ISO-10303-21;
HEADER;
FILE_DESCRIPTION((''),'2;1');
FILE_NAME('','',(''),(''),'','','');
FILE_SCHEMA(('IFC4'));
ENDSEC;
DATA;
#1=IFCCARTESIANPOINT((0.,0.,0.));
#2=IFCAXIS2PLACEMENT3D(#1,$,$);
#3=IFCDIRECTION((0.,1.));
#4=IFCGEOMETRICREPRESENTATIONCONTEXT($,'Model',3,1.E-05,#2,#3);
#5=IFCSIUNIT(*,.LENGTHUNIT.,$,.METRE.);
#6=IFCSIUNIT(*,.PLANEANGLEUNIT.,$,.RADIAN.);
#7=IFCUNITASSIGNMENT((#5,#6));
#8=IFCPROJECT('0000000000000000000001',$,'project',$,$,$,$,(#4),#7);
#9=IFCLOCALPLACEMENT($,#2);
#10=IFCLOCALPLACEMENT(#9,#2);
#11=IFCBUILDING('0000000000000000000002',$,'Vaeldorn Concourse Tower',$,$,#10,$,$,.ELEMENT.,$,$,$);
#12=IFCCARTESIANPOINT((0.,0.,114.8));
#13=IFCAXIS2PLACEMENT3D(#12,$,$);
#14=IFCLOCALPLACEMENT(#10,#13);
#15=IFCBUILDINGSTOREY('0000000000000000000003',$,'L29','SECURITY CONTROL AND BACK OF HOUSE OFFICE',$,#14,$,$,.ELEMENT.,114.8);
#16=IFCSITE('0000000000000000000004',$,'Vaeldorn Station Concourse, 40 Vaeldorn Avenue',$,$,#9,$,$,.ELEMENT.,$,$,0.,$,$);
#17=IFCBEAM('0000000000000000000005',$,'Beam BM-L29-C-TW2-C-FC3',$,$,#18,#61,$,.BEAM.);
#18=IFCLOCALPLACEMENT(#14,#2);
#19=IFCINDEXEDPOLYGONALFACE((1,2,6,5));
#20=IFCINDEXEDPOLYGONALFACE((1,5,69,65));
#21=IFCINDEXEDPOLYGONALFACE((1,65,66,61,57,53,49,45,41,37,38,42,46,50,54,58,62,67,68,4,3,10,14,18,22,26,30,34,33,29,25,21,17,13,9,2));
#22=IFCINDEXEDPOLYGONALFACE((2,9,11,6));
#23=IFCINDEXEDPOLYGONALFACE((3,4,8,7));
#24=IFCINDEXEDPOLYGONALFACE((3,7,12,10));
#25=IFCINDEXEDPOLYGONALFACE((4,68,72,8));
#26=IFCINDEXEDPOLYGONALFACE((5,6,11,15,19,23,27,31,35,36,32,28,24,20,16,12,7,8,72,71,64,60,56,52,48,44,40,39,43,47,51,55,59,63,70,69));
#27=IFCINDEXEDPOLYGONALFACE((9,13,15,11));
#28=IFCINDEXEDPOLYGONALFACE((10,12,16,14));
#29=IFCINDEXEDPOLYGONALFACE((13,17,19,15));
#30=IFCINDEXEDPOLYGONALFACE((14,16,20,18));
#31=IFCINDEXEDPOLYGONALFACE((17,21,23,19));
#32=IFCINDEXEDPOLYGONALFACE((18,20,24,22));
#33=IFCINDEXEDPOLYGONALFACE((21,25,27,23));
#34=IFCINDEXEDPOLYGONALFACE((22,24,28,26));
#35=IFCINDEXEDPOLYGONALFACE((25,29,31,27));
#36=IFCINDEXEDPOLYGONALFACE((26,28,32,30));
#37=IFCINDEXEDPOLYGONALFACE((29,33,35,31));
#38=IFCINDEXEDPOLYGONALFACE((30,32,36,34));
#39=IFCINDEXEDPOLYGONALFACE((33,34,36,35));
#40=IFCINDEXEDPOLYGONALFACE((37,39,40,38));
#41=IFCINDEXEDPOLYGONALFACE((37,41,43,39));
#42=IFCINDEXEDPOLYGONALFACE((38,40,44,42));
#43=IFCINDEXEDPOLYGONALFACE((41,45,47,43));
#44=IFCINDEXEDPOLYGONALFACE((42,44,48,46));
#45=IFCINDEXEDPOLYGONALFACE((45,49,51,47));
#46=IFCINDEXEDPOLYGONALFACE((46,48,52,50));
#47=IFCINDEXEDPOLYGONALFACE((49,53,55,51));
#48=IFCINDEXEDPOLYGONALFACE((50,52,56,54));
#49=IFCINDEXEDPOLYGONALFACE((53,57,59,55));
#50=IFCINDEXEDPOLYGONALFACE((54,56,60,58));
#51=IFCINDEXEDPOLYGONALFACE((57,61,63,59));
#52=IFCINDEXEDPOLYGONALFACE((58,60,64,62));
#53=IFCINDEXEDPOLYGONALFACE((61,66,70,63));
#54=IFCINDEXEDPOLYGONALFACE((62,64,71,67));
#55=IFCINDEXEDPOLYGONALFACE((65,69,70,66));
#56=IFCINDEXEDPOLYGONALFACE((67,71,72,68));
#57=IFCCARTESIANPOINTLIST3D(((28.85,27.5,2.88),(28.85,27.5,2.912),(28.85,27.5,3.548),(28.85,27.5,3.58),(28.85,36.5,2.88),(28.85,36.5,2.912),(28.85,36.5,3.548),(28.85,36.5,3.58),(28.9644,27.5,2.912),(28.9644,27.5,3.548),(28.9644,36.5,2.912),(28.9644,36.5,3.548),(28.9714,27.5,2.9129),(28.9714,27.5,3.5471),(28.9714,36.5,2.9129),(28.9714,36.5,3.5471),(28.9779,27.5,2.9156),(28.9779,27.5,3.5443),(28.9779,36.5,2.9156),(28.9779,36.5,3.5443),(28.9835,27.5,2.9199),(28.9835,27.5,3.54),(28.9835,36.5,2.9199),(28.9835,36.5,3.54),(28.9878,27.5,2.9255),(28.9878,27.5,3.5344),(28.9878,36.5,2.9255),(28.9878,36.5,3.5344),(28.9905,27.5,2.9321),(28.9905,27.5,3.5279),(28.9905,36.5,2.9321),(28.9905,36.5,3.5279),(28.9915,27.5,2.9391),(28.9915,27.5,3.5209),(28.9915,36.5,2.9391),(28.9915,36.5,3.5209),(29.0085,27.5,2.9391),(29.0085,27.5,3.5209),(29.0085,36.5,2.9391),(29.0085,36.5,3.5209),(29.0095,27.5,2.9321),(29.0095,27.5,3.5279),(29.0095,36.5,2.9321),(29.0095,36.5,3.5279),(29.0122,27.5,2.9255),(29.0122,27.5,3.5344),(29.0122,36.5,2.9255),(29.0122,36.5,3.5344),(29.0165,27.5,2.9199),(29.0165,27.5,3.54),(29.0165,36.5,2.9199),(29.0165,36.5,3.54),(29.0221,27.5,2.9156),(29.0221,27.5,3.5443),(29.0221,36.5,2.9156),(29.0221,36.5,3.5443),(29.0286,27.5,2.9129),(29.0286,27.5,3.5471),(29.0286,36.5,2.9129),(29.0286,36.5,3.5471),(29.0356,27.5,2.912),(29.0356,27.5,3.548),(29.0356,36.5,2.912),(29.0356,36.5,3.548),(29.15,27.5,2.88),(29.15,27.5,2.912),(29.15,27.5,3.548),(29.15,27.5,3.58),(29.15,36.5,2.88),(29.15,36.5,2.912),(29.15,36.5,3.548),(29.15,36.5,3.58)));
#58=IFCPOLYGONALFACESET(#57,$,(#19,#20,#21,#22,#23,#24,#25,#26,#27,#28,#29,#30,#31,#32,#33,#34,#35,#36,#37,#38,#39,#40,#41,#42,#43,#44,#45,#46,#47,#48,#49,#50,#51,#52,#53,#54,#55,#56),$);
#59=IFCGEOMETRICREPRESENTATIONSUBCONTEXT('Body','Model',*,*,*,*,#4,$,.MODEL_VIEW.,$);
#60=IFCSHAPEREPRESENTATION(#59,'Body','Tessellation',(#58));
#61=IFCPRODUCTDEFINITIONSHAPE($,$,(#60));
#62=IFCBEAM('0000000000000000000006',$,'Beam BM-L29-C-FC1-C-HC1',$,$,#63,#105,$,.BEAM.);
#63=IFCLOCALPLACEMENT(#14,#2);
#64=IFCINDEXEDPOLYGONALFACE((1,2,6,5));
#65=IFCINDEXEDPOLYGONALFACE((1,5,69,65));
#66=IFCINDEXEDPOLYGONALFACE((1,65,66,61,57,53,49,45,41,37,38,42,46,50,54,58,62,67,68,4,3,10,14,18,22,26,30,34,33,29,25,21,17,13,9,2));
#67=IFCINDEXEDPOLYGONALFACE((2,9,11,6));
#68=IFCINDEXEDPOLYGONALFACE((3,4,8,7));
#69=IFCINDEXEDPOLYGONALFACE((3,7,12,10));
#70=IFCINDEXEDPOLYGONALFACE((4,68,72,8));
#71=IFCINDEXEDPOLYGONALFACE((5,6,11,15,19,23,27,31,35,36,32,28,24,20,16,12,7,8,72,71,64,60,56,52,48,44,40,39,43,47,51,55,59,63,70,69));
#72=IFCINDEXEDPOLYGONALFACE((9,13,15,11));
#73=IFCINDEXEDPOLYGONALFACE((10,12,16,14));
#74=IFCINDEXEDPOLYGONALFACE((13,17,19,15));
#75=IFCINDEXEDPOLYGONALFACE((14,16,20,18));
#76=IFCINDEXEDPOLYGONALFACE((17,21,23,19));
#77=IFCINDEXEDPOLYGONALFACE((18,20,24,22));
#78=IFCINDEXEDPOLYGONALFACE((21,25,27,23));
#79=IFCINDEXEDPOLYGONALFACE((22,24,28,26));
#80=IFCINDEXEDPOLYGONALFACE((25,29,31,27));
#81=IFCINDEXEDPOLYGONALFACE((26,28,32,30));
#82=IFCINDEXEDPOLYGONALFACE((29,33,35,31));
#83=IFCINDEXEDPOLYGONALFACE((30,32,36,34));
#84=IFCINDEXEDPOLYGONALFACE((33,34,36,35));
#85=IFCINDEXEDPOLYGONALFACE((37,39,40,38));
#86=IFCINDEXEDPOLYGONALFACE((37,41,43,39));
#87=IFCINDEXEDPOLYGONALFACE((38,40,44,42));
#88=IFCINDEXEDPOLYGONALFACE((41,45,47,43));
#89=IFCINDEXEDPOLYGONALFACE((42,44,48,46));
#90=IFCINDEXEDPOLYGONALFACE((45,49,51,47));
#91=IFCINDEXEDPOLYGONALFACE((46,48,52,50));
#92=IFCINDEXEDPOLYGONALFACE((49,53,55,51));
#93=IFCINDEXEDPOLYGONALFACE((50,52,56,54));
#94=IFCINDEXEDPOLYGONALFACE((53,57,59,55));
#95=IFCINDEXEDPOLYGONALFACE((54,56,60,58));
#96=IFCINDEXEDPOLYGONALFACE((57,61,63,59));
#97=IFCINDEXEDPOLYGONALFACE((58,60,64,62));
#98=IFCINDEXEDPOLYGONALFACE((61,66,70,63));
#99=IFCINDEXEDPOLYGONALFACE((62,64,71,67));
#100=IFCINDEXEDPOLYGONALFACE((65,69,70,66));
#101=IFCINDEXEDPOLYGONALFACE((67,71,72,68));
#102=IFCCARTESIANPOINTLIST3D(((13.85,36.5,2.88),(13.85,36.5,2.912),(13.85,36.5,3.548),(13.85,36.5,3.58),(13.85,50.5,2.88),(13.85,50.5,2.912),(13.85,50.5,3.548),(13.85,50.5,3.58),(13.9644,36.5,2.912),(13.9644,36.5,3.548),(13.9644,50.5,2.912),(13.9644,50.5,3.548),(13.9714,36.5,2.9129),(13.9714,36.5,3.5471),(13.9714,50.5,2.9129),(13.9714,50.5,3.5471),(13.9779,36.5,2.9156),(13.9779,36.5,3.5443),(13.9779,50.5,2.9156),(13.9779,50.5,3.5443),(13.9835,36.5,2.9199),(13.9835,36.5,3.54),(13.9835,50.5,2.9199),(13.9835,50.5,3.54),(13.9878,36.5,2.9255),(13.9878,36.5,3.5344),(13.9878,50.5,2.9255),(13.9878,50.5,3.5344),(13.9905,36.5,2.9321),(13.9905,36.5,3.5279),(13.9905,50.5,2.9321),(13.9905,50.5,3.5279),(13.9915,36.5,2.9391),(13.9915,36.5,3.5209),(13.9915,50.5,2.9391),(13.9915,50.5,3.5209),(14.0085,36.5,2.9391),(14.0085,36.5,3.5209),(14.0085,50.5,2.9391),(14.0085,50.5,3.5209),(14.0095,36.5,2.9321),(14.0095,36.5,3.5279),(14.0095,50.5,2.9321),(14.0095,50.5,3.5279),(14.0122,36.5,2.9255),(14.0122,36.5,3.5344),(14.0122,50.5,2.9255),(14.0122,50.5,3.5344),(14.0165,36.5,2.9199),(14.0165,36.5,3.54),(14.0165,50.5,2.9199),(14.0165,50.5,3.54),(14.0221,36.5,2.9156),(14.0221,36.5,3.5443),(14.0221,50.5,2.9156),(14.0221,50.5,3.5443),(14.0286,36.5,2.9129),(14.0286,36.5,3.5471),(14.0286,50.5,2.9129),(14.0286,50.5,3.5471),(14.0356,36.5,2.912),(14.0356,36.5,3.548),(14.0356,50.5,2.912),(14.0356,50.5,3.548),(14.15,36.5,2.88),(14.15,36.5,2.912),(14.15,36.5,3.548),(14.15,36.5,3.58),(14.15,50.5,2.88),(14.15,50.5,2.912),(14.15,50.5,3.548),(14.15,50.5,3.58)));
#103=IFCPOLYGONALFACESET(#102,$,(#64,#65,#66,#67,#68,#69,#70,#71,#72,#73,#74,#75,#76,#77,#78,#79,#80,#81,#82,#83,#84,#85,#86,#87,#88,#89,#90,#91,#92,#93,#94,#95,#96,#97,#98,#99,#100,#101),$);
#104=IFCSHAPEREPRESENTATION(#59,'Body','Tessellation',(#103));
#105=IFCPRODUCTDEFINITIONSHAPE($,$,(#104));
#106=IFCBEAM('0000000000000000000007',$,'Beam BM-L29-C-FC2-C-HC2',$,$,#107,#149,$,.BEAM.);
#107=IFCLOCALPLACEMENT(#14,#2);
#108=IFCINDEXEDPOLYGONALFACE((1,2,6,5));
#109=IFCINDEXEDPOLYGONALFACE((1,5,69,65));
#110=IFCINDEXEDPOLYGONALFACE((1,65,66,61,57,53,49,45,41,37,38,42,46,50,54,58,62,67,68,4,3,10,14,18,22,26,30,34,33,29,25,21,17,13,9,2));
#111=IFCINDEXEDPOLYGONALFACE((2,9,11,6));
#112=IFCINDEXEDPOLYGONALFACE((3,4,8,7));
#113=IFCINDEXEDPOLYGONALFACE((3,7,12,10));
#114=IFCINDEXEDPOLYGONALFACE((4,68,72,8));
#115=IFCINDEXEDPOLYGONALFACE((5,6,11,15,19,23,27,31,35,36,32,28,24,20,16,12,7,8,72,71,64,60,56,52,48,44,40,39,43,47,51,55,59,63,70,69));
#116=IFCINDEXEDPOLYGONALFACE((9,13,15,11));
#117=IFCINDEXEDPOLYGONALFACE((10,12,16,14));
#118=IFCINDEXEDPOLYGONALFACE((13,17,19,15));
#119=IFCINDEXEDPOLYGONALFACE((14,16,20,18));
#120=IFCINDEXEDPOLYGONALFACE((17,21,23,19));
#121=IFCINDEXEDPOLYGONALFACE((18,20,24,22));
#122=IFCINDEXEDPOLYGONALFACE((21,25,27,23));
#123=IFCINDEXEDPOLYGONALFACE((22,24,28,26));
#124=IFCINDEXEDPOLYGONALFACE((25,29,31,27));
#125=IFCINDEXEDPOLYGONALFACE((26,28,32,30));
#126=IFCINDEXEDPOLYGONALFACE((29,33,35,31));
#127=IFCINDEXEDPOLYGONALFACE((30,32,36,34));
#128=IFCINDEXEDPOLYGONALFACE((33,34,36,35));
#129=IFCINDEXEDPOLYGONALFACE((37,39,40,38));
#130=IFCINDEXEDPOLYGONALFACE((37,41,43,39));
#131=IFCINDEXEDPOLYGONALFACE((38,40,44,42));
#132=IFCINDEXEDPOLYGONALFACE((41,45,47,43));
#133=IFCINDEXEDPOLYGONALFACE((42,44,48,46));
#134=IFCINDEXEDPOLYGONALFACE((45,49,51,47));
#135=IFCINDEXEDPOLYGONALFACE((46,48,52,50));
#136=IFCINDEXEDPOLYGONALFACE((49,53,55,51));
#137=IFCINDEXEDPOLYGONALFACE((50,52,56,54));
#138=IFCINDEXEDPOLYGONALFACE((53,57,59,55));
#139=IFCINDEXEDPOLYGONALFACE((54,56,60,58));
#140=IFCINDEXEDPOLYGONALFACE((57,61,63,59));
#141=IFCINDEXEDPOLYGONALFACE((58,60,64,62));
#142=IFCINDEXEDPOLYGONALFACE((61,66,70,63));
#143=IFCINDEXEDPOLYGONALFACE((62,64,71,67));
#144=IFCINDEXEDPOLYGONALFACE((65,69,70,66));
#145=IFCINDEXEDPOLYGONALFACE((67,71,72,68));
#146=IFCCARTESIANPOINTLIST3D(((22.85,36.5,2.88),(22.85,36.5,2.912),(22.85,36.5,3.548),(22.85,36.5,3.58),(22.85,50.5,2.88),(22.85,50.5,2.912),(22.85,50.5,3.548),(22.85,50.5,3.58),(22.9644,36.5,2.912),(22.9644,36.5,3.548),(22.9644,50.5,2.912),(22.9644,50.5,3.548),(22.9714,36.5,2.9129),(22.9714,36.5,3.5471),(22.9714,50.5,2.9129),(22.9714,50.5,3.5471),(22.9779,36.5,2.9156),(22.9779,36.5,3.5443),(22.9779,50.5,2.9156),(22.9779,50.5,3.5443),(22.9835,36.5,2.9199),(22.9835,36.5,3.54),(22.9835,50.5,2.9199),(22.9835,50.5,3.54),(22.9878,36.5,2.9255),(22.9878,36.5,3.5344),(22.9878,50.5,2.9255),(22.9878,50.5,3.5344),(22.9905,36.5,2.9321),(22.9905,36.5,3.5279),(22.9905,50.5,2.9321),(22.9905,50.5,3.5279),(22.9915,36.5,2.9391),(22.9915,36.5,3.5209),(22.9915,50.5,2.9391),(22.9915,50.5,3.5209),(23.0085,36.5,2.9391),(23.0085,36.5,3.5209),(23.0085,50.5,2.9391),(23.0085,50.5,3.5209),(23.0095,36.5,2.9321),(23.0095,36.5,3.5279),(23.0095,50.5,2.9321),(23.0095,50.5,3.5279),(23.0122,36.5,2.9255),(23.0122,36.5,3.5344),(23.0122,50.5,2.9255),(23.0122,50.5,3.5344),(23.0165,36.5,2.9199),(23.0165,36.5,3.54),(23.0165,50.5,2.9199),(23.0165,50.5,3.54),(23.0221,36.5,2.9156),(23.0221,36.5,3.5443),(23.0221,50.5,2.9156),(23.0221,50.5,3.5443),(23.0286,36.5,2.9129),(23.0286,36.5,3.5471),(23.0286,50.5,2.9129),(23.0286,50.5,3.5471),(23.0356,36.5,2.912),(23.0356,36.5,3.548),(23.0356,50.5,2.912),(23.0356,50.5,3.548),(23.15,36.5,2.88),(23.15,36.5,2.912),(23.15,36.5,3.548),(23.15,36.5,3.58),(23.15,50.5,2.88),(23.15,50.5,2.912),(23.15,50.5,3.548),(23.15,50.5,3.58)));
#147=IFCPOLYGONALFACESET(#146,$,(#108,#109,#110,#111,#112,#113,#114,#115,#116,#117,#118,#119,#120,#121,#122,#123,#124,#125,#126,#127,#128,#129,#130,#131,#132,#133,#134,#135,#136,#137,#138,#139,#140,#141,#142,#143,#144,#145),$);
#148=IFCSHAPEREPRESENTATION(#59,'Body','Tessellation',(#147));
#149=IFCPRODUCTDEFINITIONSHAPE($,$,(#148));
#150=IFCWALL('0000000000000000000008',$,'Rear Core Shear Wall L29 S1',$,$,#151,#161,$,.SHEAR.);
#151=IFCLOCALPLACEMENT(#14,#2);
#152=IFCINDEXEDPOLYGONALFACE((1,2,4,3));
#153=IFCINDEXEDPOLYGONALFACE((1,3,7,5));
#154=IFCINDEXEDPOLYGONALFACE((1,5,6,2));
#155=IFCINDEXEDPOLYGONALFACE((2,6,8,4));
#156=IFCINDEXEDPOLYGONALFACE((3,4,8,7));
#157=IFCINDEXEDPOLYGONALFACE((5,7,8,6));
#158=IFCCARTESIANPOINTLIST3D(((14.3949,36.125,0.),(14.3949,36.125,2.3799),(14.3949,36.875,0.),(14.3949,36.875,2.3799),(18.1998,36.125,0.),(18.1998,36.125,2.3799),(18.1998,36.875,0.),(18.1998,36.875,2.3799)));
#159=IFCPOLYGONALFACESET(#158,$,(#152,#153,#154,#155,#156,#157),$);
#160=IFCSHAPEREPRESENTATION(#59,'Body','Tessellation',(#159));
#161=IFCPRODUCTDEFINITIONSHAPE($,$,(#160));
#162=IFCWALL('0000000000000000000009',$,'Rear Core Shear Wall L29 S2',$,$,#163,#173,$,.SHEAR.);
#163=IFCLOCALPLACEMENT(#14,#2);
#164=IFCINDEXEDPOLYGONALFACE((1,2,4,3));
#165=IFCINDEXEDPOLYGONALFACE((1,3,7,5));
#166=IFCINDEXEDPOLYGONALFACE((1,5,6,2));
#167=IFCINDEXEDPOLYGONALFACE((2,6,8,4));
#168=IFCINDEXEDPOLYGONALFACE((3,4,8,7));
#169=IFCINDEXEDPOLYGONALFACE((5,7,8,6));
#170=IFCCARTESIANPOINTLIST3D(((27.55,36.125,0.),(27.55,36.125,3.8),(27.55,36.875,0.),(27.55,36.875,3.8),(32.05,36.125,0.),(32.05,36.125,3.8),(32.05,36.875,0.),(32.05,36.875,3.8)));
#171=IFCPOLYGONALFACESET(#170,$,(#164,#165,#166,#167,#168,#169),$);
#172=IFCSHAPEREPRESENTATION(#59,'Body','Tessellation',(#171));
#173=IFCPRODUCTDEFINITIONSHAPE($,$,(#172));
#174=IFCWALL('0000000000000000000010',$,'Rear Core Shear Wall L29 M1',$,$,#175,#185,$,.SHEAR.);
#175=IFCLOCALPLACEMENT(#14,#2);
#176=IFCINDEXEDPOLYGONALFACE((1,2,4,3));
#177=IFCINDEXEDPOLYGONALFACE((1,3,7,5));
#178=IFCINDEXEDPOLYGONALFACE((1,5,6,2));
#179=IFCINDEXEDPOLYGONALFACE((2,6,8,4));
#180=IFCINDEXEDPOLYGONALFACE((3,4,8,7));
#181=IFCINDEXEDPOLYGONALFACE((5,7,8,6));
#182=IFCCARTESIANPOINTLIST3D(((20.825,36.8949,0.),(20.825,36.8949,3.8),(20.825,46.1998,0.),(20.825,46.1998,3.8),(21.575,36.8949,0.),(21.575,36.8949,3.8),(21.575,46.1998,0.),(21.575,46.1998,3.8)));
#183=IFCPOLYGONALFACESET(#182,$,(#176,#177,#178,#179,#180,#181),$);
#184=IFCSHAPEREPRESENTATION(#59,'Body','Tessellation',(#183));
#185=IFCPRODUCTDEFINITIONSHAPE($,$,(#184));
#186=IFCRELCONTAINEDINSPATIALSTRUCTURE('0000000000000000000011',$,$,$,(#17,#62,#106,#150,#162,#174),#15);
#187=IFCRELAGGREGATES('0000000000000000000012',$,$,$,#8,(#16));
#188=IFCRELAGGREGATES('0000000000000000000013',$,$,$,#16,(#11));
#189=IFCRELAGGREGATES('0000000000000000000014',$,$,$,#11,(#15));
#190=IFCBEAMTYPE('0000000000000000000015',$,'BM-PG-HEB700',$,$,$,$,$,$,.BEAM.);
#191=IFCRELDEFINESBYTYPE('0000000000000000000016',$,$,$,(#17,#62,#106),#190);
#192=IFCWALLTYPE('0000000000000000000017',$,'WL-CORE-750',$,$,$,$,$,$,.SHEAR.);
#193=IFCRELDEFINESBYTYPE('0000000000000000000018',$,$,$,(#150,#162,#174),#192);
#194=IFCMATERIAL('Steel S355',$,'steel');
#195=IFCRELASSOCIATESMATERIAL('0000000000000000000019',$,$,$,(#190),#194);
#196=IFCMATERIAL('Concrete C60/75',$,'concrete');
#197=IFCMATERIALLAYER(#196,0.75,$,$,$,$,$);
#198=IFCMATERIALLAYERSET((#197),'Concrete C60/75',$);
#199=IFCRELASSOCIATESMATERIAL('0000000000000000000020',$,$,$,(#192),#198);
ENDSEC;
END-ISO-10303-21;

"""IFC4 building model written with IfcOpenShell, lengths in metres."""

from ifc_helpers import new_model, si_unit, direction, frame, frame_2d, origin, origin_2d, place, context, subcontext, project, spatial, rectangle, i_section, extrude, source, transform, mapped, material, layer, layer_set, material_profile, profile_set, type_object, element, save


model = new_model("IFC4")

# Units and contexts
model_context = context("Model", 3, precision=1e-05, world=origin(), true_north=direction((0.0, 1.0)))
body_context = subcontext(model_context, "Body", "Model", "MODEL_VIEW")
ifc_project = project(units=[si_unit("LENGTHUNIT", "METRE"), si_unit("PLANEANGLEUNIT", "RADIAN")], contexts=[model_context])

# Site, building, storey
site_placement = place(None, origin())
site = spatial("IfcSite", under=ifc_project, at=site_placement, Name="Vaeldorn Station Concourse, 40 Vaeldorn Avenue", CompositionType="ELEMENT", RefElevation=0.0)
building_placement = place(site_placement, origin())
building = spatial("IfcBuilding", under=site, at=building_placement, Name="Vaeldorn Concourse Tower", CompositionType="ELEMENT")
storey_placement = place(building_placement, frame((0.0, 0.0, 114.8)))
storey = spatial("IfcBuildingStorey", under=building, at=storey_placement, Name="L29", Description="SECURITY CONTROL AND BACK OF HOUSE OFFICE", CompositionType="ELEMENT", Elevation=114.8)

# Beams
ifc_material_1 = material(Name="Steel S355", Category="steel")
ifc_material_profile_1 = material_profile(ifc_material_1, i_section(OverallWidth=0.3, OverallDepth=0.7, WebThickness=0.0171, FlangeThickness=0.032, FilletRadius=0.0271, at=origin_2d()), Name="HEB 700")
ifc_profile_set_1 = profile_set([ifc_material_profile_1], Name="Steel S355")
beam_type_1 = type_object("IfcBeamType", Name="BM-PG-HEB700", PredefinedType="BEAM", material=ifc_profile_set_1)
shared_shape_1 = source(origin(), body_context, "Body", "SweptSolid", [
    extrude(i_section(OverallWidth=0.3, OverallDepth=0.7, WebThickness=0.0171, FlangeThickness=0.032, FilletRadius=0.0271, at=origin_2d()), origin(), (0.0, 0.0, 1.0), 9.0),
])
for number, where, z_axis, x_axis, name in (
    (1, (29.0, 27.5, 3.23), (0.0, 1.0, 0.0), (-1.0, 0.0, 0.0), "Beam BM-L29-C-TW2-C-FC3"),
):
    element("IfcBeam", number, at=place(storey_placement, frame(where, z_axis=z_axis, x_axis=x_axis)), inside=storey, type_object=beam_type_1, Name=name, PredefinedType="BEAM", context=body_context, shape_type="MappedRepresentation", body=[
        mapped(shared_shape_1, transform((0.0, 0.0, 0.0), scale=1.0)),
    ])
shared_shape_2 = source(origin(), body_context, "Body", "SweptSolid", [
    extrude(i_section(OverallWidth=0.3, OverallDepth=0.7, WebThickness=0.0171, FlangeThickness=0.032, FilletRadius=0.0271, at=origin_2d()), origin(), (0.0, 0.0, 1.0), 14.0),
])
for number, where, z_axis, x_axis, name in (
    (2, (14.0, 36.5, 3.23), (0.0, 1.0, 0.0), (-1.0, 0.0, 0.0), "Beam BM-L29-C-FC1-C-HC1"),
    (3, (23.0, 36.5, 3.23), (0.0, 1.0, 0.0), (-1.0, 0.0, 0.0), "Beam BM-L29-C-FC2-C-HC2"),
):
    element("IfcBeam", number, at=place(storey_placement, frame(where, z_axis=z_axis, x_axis=x_axis)), inside=storey, type_object=beam_type_1, Name=name, PredefinedType="BEAM", context=body_context, shape_type="MappedRepresentation", body=[
        mapped(shared_shape_2, transform((0.0, 0.0, 0.0), scale=1.0)),
    ])

# Walls
ifc_material_2 = material(Name="Concrete C60/75", Category="concrete")
ifc_layer_1 = layer(ifc_material_2, 0.75)
ifc_layer_set_1 = layer_set([ifc_layer_1], Name="Concrete C60/75")
wall_type_1 = type_object("IfcWallType", Name="WL-CORE-750", PredefinedType="SHEAR", material=ifc_layer_set_1)
wall_1_placement = place(storey_placement, frame((14.395, 36.5, 0.0), z_axis=(0.0, 0.0, 1.0), x_axis=(1.0, 0.0, 0.0)))
element("IfcWall", 4, at=wall_1_placement, inside=storey, type_object=wall_type_1, Name="Rear Core Shear Wall L29 S1", PredefinedType="SHEAR", context=body_context, shape_type="SweptSolid", body=[
    extrude(rectangle(XDim=3.8049, YDim=0.75, at=frame_2d((1.9023, 0.0))), origin(), (0.0, 0.0, 1.0), 2.3799),
])
wall_2_placement = place(storey_placement, frame((27.55, 36.5, 0.0), z_axis=(0.0, 0.0, 1.0), x_axis=(1.0, 0.0, 0.0)))
element("IfcWall", 5, at=wall_2_placement, inside=storey, type_object=wall_type_1, Name="Rear Core Shear Wall L29 S2", PredefinedType="SHEAR", context=body_context, shape_type="SweptSolid", body=[
    extrude(rectangle(XDim=4.5, YDim=0.75, at=frame_2d((2.25, 0.0))), origin(), (0.0, 0.0, 1.0), 3.8),
])
wall_3_placement = place(storey_placement, frame((21.2, 36.895, 0.0), z_axis=(0.0, 0.0, 1.0), x_axis=(0.0, 1.0, 0.0)))
element("IfcWall", 6, at=wall_3_placement, inside=storey, type_object=wall_type_1, Name="Rear Core Shear Wall L29 M1", PredefinedType="SHEAR", context=body_context, shape_type="SweptSolid", body=[
    extrude(rectangle(XDim=9.3049, YDim=0.75, at=frame_2d((4.6523, 0.0))), origin(), (0.0, 0.0, 1.0), 3.8),
])

save(model, "model.ifc")
